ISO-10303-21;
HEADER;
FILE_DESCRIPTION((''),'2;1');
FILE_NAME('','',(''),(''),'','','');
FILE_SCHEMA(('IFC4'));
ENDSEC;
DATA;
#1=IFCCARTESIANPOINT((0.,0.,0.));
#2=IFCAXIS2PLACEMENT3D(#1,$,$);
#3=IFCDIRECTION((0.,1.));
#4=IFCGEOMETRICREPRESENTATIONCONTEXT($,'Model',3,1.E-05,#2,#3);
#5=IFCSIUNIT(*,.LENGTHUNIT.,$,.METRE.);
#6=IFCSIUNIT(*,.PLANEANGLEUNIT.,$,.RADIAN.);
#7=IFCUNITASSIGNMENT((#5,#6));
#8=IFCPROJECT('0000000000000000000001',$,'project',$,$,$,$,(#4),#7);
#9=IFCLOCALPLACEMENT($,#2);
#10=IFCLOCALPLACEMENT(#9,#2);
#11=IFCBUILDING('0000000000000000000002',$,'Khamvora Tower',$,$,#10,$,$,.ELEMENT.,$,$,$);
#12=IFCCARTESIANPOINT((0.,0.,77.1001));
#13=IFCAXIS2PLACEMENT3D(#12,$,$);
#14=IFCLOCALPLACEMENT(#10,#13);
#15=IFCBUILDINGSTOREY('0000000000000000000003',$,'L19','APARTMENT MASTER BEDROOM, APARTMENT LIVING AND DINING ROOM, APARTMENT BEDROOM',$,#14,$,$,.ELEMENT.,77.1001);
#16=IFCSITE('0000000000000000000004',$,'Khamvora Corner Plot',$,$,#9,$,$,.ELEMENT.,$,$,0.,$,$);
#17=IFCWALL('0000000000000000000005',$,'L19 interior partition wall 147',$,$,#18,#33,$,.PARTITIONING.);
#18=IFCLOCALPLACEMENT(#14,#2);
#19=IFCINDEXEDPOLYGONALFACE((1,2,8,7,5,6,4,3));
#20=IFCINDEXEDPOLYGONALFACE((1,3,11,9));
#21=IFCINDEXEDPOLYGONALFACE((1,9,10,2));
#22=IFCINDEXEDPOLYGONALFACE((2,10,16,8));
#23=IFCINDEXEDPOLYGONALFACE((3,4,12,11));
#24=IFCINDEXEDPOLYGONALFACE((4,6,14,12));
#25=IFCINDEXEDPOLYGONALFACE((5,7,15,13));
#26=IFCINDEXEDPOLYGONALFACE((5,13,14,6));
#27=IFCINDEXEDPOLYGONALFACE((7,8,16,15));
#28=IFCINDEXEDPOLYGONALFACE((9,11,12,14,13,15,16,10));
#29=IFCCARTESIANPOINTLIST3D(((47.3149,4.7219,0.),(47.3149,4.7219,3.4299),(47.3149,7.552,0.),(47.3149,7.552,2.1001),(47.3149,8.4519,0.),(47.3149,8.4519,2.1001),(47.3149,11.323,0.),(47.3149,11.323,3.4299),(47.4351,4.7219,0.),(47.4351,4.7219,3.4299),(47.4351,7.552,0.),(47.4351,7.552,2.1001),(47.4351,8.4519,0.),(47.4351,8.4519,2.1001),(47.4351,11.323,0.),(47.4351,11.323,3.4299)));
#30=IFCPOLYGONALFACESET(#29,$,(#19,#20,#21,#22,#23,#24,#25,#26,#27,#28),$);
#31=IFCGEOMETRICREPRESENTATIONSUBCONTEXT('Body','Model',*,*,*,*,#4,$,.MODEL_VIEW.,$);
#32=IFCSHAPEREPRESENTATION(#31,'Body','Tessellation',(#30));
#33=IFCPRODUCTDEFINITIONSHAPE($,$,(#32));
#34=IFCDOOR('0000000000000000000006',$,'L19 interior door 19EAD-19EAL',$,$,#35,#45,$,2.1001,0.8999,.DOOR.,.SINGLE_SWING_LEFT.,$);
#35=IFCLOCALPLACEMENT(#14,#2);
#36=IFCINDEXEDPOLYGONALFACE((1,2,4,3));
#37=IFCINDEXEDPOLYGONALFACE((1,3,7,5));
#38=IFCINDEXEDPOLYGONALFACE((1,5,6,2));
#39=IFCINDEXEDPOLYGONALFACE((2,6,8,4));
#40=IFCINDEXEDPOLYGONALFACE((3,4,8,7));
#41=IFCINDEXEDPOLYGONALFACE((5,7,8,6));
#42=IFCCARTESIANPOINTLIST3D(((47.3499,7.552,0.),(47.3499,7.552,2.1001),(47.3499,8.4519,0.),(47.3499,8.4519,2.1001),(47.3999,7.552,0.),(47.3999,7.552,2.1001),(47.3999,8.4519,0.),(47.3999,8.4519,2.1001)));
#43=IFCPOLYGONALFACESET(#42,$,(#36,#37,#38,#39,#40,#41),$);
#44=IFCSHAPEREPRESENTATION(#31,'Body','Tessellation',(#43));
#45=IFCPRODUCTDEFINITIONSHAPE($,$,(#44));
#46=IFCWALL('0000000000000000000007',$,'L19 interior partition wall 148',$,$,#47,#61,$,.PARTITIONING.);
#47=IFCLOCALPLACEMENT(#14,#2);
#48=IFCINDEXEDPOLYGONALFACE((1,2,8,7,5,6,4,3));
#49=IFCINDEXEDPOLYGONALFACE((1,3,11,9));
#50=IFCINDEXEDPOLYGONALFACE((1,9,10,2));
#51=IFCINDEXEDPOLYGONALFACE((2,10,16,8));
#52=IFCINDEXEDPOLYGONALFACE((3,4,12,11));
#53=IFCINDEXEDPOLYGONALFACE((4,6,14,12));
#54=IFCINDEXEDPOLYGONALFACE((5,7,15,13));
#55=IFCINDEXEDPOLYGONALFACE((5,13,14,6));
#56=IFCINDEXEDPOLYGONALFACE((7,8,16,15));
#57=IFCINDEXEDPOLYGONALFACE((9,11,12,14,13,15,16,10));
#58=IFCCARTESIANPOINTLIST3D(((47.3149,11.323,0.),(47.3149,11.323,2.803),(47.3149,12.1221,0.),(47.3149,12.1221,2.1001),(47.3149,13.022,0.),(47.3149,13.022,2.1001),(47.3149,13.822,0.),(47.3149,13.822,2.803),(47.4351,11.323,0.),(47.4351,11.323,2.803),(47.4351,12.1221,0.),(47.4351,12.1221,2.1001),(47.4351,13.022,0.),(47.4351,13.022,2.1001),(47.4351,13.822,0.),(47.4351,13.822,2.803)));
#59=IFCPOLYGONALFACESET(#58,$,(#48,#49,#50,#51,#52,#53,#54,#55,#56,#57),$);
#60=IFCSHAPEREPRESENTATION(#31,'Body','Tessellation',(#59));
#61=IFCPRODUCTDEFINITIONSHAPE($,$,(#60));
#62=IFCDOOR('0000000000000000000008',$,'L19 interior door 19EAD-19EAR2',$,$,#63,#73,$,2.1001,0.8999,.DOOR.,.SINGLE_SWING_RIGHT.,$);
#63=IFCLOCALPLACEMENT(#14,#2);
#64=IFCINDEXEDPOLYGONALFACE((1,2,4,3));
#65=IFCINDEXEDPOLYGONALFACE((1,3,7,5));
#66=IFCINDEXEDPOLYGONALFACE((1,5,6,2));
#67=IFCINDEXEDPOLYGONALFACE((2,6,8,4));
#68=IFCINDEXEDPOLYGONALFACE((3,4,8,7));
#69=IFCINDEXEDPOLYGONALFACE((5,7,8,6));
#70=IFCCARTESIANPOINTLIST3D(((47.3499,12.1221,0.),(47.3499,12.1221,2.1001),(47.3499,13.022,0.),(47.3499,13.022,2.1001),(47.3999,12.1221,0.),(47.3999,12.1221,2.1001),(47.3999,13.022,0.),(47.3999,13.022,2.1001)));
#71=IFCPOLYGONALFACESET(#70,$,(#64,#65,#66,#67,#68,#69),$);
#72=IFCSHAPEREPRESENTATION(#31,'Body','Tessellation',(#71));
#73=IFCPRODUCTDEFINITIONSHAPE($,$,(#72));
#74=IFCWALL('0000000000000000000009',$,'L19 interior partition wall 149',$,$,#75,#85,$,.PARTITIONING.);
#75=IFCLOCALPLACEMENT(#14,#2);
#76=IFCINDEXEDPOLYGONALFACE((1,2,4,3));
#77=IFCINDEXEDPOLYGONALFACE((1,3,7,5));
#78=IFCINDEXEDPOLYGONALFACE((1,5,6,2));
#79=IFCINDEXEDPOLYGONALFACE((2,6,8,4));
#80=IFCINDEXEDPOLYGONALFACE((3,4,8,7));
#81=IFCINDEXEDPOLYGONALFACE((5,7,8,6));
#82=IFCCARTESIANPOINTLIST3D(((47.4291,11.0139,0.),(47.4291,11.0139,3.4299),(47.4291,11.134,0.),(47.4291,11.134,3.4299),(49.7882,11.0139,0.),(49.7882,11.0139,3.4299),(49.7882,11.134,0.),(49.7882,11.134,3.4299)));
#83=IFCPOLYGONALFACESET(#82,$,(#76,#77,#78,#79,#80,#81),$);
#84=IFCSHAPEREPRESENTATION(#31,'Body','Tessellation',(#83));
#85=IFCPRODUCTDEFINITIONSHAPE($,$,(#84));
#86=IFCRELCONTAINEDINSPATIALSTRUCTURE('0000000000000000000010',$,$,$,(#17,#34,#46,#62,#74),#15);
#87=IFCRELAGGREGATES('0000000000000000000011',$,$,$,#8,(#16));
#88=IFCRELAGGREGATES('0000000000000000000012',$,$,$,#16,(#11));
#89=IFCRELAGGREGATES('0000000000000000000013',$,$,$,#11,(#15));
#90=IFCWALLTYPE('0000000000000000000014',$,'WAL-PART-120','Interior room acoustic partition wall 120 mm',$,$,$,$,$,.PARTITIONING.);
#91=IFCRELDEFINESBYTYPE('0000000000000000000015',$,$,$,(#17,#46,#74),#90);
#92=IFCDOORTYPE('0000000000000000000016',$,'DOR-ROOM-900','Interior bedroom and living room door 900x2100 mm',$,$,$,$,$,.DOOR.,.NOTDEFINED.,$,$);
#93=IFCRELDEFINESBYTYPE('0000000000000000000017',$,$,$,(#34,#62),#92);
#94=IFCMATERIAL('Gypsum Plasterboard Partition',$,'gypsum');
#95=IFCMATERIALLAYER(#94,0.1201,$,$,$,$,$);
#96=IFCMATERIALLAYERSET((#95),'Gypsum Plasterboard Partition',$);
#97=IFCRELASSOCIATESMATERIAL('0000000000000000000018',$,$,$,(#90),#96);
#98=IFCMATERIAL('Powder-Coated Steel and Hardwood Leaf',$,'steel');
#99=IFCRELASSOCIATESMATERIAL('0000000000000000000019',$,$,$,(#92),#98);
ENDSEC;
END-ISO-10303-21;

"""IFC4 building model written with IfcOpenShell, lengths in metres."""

from ifc_helpers import new_model, si_unit, direction, frame, frame_2d, origin, place, context, subcontext, project, spatial, rectangle, extrude, material, layer, layer_set, type_object, element, fill, save


model = new_model("IFC4")

# Units and contexts
model_context = context("Model", 3, precision=1e-05, world=origin(), true_north=direction((0.0, 1.0)))
body_context = subcontext(model_context, "Body", "Model", "MODEL_VIEW")
ifc_project = project(units=[si_unit("LENGTHUNIT", "METRE"), si_unit("PLANEANGLEUNIT", "RADIAN")], contexts=[model_context])

# Site, building, storey
site_placement = place(None, origin())
site = spatial("IfcSite", under=ifc_project, at=site_placement, Name="Khamvora Corner Plot", CompositionType="ELEMENT", RefElevation=0.0)
building_placement = place(site_placement, origin())
building = spatial("IfcBuilding", under=site, at=building_placement, Name="Khamvora Tower", CompositionType="ELEMENT")
storey_placement = place(building_placement, frame((0.0, 0.0, 77.1001)))
storey = spatial("IfcBuildingStorey", under=building, at=storey_placement, Name="L19", Description="APARTMENT MASTER BEDROOM, APARTMENT LIVING AND DINING ROOM, APARTMENT BEDROOM", CompositionType="ELEMENT", Elevation=77.1001)

# Shared definitions
ifc_material_1 = material(Name="Gypsum Plasterboard Partition", Category="gypsum")
ifc_layer_1 = layer(ifc_material_1, 0.1201)
ifc_layer_set_1 = layer_set([ifc_layer_1], Name="Gypsum Plasterboard Partition")
wall_type_1 = type_object("IfcWallType", Name="WAL-PART-120", Description="Interior room acoustic partition wall 120 mm", PredefinedType="PARTITIONING", material=ifc_layer_set_1)
ifc_material_2 = material(Name="Powder-Coated Steel and Hardwood Leaf", Category="steel")
door_type = type_object("IfcDoorType", Name="DOR-ROOM-900", Description="Interior bedroom and living room door 900x2100 mm", OperationType="NOTDEFINED", PredefinedType="DOOR", material=ifc_material_2)

# Walls, openings, doors
wall_1_placement = place(storey_placement, frame((47.375, 11.323, 0.0), z_axis=(0.0, 0.0, 1.0), x_axis=(0.0, -1.0, 0.0)))
wall_1 = element("IfcWall", 1, at=wall_1_placement, inside=storey, type_object=wall_type_1, Name="L19 interior partition wall 147", PredefinedType="PARTITIONING", context=body_context, shape_type="SweptSolid", body=[
    extrude(rectangle(XDim=6.6011, YDim=0.1201, at=frame_2d((3.3005, 0.0))), origin(), (0.0, 0.0, 1.0), 3.4299),
])
opening_1_placement = place(wall_1_placement, frame((2.8711, 0.0, 0.0)))
opening_1 = element("IfcOpeningElement", 2, at=opening_1_placement, cuts=wall_1, PredefinedType="OPENING", context=body_context, shape_type="SweptSolid", body=[
    extrude(rectangle(XDim=0.8999, YDim=2.1001, at=frame_2d((0.45, 1.05))), frame((0.0, 0.0701, 0.0), z_axis=(0.0, -1.0, 0.0), x_axis=(1.0, 0.0, 0.0)), (0.0, 0.0, 1.0), 0.1401),
])
door_1_placement = place(opening_1_placement, origin())
door_1 = element("IfcDoor", 3, at=door_1_placement, inside=storey, type_object=door_type, Name="L19 interior door 19EAD-19EAL", OperationType="SINGLE_SWING_LEFT", OverallHeight=2.1001, OverallWidth=0.8999, PredefinedType="DOOR", context=body_context, shape_type="SweptSolid", body=[
    extrude(rectangle(XDim=0.8999, YDim=2.1001, at=frame_2d((0.45, 1.05))), frame((0.0, 0.0249, 0.0), z_axis=(0.0, -1.0, 0.0), x_axis=(1.0, 0.0, 0.0)), (0.0, 0.0, 1.0), 0.05),
])
fill(opening_1, door_1)
wall_2_placement = place(storey_placement, frame((47.375, 13.822, 0.0), z_axis=(0.0, 0.0, 1.0), x_axis=(0.0, -1.0, 0.0)))
wall_2 = element("IfcWall", 4, at=wall_2_placement, inside=storey, type_object=wall_type_1, Name="L19 interior partition wall 148", PredefinedType="PARTITIONING", context=body_context, shape_type="SweptSolid", body=[
    extrude(rectangle(XDim=2.499, YDim=0.1201, at=frame_2d((1.2495, 0.0))), origin(), (0.0, 0.0, 1.0), 2.803),
])
opening_2_placement = place(wall_2_placement, frame((0.8, 0.0, 0.0)))
opening_2 = element("IfcOpeningElement", 5, at=opening_2_placement, cuts=wall_2, PredefinedType="OPENING", context=body_context, shape_type="SweptSolid", body=[
    extrude(rectangle(XDim=0.8999, YDim=2.1001, at=frame_2d((0.45, 1.05))), frame((0.0, 0.0701, 0.0), z_axis=(0.0, -1.0, 0.0), x_axis=(1.0, 0.0, 0.0)), (0.0, 0.0, 1.0), 0.1401),
])
door_2_placement = place(opening_2_placement, origin())
door_2 = element("IfcDoor", 6, at=door_2_placement, inside=storey, type_object=door_type, Name="L19 interior door 19EAD-19EAR2", OperationType="SINGLE_SWING_RIGHT", OverallHeight=2.1001, OverallWidth=0.8999, PredefinedType="DOOR", context=body_context, shape_type="SweptSolid", body=[
    extrude(rectangle(XDim=0.8999, YDim=2.1001, at=frame_2d((0.45, 1.05))), frame((0.0, 0.0249, 0.0), z_axis=(0.0, -1.0, 0.0), x_axis=(1.0, 0.0, 0.0)), (0.0, 0.0, 1.0), 0.05),
])
fill(opening_2, door_2)

# Wall
wall_3_placement = place(storey_placement, frame((47.429, 11.074, 0.0), z_axis=(0.0, 0.0, 1.0), x_axis=(1.0, 0.0, 0.0)))
element("IfcWall", 7, at=wall_3_placement, inside=storey, type_object=wall_type_1, Name="L19 interior partition wall 149", PredefinedType="PARTITIONING", context=body_context, shape_type="SweptSolid", body=[
    extrude(rectangle(XDim=2.3591, YDim=0.1201, at=frame_2d((1.1797, 0.0))), origin(), (0.0, 0.0, 1.0), 3.4299),
])

save(model, "model.ifc")
